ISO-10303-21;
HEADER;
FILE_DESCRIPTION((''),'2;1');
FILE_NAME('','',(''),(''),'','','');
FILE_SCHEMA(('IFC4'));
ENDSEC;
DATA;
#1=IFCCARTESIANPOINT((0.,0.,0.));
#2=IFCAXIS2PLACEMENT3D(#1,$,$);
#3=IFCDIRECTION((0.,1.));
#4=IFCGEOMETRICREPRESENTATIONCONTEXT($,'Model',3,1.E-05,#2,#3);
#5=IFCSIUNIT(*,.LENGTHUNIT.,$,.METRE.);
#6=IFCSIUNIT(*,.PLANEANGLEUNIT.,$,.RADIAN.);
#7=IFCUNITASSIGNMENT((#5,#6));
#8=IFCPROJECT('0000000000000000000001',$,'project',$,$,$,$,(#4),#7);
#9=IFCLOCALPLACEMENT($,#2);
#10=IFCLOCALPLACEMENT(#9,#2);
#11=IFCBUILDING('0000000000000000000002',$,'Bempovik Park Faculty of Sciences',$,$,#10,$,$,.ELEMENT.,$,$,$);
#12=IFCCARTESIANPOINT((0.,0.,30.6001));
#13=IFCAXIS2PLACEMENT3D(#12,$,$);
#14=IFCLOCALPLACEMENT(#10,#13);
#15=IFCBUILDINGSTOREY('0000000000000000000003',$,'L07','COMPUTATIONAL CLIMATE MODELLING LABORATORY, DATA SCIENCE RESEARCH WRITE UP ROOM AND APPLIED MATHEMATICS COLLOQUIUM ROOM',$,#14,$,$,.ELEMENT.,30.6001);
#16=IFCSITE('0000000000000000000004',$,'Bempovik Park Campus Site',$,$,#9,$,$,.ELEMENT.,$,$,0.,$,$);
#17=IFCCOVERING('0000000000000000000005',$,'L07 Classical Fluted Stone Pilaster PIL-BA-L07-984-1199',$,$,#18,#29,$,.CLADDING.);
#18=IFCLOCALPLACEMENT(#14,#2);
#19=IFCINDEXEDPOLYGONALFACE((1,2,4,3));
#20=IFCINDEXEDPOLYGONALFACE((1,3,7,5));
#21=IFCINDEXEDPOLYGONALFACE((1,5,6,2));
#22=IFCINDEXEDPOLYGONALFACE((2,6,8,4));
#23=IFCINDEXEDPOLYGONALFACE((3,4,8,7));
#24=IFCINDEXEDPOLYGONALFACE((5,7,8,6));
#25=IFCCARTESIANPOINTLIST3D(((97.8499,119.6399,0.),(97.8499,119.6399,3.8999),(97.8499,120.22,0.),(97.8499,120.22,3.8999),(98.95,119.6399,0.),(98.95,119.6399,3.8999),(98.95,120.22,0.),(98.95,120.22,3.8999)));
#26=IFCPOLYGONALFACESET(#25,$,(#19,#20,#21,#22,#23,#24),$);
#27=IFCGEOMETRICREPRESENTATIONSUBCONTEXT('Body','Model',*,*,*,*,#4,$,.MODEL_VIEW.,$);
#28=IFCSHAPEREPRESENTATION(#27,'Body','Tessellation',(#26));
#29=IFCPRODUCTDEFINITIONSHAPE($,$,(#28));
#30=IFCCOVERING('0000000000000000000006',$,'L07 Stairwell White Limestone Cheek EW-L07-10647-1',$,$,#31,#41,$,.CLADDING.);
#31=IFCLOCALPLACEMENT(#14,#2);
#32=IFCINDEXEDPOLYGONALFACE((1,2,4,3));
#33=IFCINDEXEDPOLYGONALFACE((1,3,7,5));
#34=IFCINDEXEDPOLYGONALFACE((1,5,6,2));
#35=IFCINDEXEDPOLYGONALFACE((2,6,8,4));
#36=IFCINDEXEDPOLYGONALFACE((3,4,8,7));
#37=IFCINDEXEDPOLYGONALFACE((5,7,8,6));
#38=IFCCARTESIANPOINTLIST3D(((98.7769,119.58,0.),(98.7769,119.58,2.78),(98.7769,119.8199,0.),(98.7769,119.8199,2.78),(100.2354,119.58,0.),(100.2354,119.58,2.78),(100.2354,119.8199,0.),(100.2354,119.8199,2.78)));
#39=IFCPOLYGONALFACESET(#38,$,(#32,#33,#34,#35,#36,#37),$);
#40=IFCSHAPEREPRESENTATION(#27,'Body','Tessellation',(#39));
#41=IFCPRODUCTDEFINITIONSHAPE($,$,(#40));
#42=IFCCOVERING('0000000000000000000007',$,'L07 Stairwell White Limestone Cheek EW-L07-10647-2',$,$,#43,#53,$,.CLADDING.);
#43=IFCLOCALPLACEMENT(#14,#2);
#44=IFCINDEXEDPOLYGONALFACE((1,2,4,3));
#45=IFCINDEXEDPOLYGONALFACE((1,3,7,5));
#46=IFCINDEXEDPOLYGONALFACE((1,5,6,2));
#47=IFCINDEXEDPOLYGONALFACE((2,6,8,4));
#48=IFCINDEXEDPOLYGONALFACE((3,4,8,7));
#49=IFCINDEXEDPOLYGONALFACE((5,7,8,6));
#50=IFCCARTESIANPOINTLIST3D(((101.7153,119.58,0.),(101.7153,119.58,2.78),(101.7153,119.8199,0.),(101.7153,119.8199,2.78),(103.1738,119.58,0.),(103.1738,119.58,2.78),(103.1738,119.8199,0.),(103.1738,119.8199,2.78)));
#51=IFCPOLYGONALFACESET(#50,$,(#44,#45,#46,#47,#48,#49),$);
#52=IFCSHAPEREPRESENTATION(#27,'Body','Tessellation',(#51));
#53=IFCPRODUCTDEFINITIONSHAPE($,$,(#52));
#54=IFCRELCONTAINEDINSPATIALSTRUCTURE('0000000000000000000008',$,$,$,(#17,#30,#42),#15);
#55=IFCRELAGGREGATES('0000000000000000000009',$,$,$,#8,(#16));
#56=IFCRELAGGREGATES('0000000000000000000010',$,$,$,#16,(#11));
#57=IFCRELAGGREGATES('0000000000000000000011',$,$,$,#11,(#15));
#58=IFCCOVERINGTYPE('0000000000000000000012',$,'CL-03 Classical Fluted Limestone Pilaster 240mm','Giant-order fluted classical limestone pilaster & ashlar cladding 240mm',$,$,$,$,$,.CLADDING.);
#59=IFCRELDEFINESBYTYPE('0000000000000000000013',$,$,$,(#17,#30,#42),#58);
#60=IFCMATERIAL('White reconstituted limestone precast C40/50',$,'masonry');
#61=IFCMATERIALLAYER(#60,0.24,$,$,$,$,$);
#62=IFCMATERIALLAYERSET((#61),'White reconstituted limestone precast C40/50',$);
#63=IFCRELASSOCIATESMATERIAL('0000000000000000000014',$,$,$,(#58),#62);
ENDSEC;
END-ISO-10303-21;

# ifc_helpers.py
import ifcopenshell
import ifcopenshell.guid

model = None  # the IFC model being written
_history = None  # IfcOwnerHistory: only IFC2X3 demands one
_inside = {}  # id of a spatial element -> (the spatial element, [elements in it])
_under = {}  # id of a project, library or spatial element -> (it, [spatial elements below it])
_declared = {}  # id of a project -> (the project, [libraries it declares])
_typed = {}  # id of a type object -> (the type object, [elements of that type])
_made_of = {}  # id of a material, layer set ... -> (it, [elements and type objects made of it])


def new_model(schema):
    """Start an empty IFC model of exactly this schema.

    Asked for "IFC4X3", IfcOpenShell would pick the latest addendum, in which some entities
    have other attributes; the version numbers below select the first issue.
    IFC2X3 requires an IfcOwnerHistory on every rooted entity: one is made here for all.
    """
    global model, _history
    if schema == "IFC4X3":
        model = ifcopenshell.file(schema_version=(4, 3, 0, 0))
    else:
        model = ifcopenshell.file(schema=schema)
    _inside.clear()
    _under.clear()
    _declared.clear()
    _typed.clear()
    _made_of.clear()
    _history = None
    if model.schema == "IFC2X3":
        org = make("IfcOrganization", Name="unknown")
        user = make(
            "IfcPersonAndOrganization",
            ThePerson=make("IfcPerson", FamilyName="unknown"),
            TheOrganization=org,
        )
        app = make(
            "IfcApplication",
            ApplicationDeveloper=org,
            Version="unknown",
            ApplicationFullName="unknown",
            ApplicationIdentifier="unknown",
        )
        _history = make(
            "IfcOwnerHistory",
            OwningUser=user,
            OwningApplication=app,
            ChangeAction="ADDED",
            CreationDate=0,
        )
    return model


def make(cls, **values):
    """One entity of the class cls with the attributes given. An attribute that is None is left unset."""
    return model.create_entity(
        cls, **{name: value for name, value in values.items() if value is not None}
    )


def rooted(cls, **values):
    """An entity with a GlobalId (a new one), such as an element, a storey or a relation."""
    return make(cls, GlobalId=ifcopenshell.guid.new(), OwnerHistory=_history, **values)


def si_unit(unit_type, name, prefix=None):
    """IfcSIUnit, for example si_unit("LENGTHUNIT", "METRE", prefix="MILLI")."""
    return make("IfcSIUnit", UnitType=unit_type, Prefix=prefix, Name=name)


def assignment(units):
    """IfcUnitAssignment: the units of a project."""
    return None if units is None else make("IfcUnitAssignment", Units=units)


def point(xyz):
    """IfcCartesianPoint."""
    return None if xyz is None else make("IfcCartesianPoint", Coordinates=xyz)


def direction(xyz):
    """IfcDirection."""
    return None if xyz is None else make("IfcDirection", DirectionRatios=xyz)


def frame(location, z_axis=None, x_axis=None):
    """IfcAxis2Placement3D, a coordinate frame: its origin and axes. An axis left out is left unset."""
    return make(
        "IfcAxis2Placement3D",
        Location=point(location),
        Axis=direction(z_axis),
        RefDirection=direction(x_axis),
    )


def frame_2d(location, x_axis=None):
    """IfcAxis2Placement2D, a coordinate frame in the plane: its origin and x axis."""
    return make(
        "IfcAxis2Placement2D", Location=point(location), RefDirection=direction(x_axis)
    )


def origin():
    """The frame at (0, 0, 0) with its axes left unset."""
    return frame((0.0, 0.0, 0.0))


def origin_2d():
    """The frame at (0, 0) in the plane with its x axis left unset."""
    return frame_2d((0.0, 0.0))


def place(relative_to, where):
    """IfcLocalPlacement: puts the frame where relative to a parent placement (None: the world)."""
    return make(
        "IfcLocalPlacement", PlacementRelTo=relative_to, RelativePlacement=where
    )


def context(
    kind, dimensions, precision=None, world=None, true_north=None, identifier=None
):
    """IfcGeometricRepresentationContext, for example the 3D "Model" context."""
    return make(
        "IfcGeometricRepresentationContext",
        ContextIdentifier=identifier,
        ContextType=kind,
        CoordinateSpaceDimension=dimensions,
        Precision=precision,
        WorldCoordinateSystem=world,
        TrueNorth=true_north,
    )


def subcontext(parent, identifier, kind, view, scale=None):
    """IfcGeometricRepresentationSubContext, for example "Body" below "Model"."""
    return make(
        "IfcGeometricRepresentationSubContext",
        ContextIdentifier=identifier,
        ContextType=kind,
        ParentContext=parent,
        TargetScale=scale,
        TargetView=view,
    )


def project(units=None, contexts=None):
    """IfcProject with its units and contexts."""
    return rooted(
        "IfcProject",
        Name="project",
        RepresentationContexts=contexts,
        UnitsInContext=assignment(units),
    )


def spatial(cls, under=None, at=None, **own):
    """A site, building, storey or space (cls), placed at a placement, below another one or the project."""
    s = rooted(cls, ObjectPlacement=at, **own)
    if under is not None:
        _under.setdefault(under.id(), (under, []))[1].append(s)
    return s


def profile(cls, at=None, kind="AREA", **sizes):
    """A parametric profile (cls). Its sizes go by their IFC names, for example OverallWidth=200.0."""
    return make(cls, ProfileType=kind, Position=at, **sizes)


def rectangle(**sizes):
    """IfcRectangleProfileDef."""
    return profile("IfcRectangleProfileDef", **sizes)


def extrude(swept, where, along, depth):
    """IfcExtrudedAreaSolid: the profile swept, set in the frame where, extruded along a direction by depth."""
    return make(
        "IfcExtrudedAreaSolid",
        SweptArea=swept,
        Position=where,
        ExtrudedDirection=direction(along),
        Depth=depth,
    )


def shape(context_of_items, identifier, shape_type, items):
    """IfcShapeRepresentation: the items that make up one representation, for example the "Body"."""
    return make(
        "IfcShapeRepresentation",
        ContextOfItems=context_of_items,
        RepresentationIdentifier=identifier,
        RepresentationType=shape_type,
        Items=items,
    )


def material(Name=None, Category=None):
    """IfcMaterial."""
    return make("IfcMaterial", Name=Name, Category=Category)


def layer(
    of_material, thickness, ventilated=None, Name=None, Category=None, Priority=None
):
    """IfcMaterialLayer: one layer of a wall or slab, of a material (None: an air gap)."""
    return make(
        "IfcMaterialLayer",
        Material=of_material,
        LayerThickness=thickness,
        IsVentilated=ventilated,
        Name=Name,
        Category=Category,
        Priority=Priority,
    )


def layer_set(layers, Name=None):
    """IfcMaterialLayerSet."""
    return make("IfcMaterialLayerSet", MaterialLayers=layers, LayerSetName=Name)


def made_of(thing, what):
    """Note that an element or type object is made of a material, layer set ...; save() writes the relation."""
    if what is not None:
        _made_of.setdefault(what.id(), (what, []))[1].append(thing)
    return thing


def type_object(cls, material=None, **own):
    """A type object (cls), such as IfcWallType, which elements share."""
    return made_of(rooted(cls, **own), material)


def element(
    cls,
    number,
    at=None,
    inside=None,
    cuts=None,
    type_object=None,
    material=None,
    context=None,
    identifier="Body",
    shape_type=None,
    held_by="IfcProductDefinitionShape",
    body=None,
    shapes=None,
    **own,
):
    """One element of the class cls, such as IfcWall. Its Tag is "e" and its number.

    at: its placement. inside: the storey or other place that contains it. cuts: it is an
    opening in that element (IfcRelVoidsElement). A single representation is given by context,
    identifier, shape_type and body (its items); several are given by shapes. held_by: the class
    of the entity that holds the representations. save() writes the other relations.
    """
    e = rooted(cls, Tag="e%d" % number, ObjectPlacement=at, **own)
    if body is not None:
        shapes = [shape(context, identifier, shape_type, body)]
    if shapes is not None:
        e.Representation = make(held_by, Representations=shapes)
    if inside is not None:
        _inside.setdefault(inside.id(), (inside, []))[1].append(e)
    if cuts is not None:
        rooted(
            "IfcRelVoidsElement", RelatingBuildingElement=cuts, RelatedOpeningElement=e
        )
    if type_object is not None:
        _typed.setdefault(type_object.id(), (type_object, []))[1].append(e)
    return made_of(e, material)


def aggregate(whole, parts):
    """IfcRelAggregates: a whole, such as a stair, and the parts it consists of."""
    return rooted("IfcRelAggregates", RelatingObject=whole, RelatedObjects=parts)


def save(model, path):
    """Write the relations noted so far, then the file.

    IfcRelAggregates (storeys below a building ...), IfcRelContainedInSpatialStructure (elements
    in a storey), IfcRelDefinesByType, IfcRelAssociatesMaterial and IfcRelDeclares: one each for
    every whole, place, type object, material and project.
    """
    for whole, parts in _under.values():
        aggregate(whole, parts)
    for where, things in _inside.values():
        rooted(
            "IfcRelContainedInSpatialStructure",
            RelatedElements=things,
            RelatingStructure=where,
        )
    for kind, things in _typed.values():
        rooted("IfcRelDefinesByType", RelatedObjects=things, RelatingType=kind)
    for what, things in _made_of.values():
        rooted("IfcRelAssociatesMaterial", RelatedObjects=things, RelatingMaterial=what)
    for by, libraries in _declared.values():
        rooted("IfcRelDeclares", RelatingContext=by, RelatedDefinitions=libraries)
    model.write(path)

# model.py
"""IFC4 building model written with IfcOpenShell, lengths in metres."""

from ifc_helpers import new_model, si_unit, direction, frame, origin, origin_2d, place, context, subcontext, project, spatial, rectangle, extrude, material, layer, layer_set, type_object, element, save


model = new_model("IFC4")

# Units and contexts
model_context = context("Model", 3, precision=1e-05, world=origin(), true_north=direction((0.0, 1.0)))
body_context = subcontext(model_context, "Body", "Model", "MODEL_VIEW")
ifc_project = project(units=[si_unit("LENGTHUNIT", "METRE"), si_unit("PLANEANGLEUNIT", "RADIAN")], contexts=[model_context])

# Site, building, storey
site_placement = place(None, origin())
site = spatial("IfcSite", under=ifc_project, at=site_placement, Name="Bempovik Park Campus Site", CompositionType="ELEMENT", RefElevation=0.0)
building_placement = place(site_placement, origin())
building = spatial("IfcBuilding", under=site, at=building_placement, Name="Bempovik Park Faculty of Sciences", CompositionType="ELEMENT")
storey_placement = place(building_placement, frame((0.0, 0.0, 30.6001)))
storey = spatial("IfcBuildingStorey", under=building, at=storey_placement, Name="L07", Description="COMPUTATIONAL CLIMATE MODELLING LABORATORY, DATA SCIENCE RESEARCH WRITE UP ROOM AND APPLIED MATHEMATICS COLLOQUIUM ROOM", CompositionType="ELEMENT", Elevation=30.6001)

# Coverings
ifc_material_1 = material(Name="White reconstituted limestone precast C40/50", Category="masonry")
ifc_layer_1 = layer(ifc_material_1, 0.24)
ifc_layer_set_1 = layer_set([ifc_layer_1], Name="White reconstituted limestone precast C40/50")
covering_type = type_object("IfcCoveringType", Name="CL-03 Classical Fluted Limestone Pilaster 240mm", Description="Giant-order fluted classical limestone pilaster & ashlar cladding 240mm", PredefinedType="CLADDING", material=ifc_layer_set_1)
covering_1_placement = place(storey_placement, frame((98.3999, 119.9299, 0.0), z_axis=(0.0, 0.0, 1.0), x_axis=(1.0, 0.0, 0.0)))
element("IfcCovering", 1, at=covering_1_placement, inside=storey, type_object=covering_type, Name="L07 Classical Fluted Stone Pilaster PIL-BA-L07-984-1199", PredefinedType="CLADDING", context=body_context, shape_type="SweptSolid", body=[
    extrude(rectangle(XDim=1.1001, YDim=0.5801, at=origin_2d()), origin(), (0.0, 0.0, 1.0), 3.8999),
])
for number, where, z_axis, x_axis, name in (
    (2, (99.5061, 119.7, 0.0), (0.0, 0.0, 1.0), (1.0, 0.0, 0.0), "L07 Stairwell White Limestone Cheek EW-L07-10647-1"),
    (3, (102.4446, 119.7, 0.0), (0.0, 0.0, 1.0), (1.0, 0.0, 0.0), "L07 Stairwell White Limestone Cheek EW-L07-10647-2"),
):
    element("IfcCovering", number, at=place(storey_placement, frame(where, z_axis=z_axis, x_axis=x_axis)), inside=storey, type_object=covering_type, Name=name, PredefinedType="CLADDING", context=body_context, shape_type="SweptSolid", body=[
        extrude(rectangle(XDim=1.4585, YDim=0.24, at=origin_2d()), origin(), (0.0, 0.0, 1.0), 2.78),
    ])

save(model, "model.ifc")
